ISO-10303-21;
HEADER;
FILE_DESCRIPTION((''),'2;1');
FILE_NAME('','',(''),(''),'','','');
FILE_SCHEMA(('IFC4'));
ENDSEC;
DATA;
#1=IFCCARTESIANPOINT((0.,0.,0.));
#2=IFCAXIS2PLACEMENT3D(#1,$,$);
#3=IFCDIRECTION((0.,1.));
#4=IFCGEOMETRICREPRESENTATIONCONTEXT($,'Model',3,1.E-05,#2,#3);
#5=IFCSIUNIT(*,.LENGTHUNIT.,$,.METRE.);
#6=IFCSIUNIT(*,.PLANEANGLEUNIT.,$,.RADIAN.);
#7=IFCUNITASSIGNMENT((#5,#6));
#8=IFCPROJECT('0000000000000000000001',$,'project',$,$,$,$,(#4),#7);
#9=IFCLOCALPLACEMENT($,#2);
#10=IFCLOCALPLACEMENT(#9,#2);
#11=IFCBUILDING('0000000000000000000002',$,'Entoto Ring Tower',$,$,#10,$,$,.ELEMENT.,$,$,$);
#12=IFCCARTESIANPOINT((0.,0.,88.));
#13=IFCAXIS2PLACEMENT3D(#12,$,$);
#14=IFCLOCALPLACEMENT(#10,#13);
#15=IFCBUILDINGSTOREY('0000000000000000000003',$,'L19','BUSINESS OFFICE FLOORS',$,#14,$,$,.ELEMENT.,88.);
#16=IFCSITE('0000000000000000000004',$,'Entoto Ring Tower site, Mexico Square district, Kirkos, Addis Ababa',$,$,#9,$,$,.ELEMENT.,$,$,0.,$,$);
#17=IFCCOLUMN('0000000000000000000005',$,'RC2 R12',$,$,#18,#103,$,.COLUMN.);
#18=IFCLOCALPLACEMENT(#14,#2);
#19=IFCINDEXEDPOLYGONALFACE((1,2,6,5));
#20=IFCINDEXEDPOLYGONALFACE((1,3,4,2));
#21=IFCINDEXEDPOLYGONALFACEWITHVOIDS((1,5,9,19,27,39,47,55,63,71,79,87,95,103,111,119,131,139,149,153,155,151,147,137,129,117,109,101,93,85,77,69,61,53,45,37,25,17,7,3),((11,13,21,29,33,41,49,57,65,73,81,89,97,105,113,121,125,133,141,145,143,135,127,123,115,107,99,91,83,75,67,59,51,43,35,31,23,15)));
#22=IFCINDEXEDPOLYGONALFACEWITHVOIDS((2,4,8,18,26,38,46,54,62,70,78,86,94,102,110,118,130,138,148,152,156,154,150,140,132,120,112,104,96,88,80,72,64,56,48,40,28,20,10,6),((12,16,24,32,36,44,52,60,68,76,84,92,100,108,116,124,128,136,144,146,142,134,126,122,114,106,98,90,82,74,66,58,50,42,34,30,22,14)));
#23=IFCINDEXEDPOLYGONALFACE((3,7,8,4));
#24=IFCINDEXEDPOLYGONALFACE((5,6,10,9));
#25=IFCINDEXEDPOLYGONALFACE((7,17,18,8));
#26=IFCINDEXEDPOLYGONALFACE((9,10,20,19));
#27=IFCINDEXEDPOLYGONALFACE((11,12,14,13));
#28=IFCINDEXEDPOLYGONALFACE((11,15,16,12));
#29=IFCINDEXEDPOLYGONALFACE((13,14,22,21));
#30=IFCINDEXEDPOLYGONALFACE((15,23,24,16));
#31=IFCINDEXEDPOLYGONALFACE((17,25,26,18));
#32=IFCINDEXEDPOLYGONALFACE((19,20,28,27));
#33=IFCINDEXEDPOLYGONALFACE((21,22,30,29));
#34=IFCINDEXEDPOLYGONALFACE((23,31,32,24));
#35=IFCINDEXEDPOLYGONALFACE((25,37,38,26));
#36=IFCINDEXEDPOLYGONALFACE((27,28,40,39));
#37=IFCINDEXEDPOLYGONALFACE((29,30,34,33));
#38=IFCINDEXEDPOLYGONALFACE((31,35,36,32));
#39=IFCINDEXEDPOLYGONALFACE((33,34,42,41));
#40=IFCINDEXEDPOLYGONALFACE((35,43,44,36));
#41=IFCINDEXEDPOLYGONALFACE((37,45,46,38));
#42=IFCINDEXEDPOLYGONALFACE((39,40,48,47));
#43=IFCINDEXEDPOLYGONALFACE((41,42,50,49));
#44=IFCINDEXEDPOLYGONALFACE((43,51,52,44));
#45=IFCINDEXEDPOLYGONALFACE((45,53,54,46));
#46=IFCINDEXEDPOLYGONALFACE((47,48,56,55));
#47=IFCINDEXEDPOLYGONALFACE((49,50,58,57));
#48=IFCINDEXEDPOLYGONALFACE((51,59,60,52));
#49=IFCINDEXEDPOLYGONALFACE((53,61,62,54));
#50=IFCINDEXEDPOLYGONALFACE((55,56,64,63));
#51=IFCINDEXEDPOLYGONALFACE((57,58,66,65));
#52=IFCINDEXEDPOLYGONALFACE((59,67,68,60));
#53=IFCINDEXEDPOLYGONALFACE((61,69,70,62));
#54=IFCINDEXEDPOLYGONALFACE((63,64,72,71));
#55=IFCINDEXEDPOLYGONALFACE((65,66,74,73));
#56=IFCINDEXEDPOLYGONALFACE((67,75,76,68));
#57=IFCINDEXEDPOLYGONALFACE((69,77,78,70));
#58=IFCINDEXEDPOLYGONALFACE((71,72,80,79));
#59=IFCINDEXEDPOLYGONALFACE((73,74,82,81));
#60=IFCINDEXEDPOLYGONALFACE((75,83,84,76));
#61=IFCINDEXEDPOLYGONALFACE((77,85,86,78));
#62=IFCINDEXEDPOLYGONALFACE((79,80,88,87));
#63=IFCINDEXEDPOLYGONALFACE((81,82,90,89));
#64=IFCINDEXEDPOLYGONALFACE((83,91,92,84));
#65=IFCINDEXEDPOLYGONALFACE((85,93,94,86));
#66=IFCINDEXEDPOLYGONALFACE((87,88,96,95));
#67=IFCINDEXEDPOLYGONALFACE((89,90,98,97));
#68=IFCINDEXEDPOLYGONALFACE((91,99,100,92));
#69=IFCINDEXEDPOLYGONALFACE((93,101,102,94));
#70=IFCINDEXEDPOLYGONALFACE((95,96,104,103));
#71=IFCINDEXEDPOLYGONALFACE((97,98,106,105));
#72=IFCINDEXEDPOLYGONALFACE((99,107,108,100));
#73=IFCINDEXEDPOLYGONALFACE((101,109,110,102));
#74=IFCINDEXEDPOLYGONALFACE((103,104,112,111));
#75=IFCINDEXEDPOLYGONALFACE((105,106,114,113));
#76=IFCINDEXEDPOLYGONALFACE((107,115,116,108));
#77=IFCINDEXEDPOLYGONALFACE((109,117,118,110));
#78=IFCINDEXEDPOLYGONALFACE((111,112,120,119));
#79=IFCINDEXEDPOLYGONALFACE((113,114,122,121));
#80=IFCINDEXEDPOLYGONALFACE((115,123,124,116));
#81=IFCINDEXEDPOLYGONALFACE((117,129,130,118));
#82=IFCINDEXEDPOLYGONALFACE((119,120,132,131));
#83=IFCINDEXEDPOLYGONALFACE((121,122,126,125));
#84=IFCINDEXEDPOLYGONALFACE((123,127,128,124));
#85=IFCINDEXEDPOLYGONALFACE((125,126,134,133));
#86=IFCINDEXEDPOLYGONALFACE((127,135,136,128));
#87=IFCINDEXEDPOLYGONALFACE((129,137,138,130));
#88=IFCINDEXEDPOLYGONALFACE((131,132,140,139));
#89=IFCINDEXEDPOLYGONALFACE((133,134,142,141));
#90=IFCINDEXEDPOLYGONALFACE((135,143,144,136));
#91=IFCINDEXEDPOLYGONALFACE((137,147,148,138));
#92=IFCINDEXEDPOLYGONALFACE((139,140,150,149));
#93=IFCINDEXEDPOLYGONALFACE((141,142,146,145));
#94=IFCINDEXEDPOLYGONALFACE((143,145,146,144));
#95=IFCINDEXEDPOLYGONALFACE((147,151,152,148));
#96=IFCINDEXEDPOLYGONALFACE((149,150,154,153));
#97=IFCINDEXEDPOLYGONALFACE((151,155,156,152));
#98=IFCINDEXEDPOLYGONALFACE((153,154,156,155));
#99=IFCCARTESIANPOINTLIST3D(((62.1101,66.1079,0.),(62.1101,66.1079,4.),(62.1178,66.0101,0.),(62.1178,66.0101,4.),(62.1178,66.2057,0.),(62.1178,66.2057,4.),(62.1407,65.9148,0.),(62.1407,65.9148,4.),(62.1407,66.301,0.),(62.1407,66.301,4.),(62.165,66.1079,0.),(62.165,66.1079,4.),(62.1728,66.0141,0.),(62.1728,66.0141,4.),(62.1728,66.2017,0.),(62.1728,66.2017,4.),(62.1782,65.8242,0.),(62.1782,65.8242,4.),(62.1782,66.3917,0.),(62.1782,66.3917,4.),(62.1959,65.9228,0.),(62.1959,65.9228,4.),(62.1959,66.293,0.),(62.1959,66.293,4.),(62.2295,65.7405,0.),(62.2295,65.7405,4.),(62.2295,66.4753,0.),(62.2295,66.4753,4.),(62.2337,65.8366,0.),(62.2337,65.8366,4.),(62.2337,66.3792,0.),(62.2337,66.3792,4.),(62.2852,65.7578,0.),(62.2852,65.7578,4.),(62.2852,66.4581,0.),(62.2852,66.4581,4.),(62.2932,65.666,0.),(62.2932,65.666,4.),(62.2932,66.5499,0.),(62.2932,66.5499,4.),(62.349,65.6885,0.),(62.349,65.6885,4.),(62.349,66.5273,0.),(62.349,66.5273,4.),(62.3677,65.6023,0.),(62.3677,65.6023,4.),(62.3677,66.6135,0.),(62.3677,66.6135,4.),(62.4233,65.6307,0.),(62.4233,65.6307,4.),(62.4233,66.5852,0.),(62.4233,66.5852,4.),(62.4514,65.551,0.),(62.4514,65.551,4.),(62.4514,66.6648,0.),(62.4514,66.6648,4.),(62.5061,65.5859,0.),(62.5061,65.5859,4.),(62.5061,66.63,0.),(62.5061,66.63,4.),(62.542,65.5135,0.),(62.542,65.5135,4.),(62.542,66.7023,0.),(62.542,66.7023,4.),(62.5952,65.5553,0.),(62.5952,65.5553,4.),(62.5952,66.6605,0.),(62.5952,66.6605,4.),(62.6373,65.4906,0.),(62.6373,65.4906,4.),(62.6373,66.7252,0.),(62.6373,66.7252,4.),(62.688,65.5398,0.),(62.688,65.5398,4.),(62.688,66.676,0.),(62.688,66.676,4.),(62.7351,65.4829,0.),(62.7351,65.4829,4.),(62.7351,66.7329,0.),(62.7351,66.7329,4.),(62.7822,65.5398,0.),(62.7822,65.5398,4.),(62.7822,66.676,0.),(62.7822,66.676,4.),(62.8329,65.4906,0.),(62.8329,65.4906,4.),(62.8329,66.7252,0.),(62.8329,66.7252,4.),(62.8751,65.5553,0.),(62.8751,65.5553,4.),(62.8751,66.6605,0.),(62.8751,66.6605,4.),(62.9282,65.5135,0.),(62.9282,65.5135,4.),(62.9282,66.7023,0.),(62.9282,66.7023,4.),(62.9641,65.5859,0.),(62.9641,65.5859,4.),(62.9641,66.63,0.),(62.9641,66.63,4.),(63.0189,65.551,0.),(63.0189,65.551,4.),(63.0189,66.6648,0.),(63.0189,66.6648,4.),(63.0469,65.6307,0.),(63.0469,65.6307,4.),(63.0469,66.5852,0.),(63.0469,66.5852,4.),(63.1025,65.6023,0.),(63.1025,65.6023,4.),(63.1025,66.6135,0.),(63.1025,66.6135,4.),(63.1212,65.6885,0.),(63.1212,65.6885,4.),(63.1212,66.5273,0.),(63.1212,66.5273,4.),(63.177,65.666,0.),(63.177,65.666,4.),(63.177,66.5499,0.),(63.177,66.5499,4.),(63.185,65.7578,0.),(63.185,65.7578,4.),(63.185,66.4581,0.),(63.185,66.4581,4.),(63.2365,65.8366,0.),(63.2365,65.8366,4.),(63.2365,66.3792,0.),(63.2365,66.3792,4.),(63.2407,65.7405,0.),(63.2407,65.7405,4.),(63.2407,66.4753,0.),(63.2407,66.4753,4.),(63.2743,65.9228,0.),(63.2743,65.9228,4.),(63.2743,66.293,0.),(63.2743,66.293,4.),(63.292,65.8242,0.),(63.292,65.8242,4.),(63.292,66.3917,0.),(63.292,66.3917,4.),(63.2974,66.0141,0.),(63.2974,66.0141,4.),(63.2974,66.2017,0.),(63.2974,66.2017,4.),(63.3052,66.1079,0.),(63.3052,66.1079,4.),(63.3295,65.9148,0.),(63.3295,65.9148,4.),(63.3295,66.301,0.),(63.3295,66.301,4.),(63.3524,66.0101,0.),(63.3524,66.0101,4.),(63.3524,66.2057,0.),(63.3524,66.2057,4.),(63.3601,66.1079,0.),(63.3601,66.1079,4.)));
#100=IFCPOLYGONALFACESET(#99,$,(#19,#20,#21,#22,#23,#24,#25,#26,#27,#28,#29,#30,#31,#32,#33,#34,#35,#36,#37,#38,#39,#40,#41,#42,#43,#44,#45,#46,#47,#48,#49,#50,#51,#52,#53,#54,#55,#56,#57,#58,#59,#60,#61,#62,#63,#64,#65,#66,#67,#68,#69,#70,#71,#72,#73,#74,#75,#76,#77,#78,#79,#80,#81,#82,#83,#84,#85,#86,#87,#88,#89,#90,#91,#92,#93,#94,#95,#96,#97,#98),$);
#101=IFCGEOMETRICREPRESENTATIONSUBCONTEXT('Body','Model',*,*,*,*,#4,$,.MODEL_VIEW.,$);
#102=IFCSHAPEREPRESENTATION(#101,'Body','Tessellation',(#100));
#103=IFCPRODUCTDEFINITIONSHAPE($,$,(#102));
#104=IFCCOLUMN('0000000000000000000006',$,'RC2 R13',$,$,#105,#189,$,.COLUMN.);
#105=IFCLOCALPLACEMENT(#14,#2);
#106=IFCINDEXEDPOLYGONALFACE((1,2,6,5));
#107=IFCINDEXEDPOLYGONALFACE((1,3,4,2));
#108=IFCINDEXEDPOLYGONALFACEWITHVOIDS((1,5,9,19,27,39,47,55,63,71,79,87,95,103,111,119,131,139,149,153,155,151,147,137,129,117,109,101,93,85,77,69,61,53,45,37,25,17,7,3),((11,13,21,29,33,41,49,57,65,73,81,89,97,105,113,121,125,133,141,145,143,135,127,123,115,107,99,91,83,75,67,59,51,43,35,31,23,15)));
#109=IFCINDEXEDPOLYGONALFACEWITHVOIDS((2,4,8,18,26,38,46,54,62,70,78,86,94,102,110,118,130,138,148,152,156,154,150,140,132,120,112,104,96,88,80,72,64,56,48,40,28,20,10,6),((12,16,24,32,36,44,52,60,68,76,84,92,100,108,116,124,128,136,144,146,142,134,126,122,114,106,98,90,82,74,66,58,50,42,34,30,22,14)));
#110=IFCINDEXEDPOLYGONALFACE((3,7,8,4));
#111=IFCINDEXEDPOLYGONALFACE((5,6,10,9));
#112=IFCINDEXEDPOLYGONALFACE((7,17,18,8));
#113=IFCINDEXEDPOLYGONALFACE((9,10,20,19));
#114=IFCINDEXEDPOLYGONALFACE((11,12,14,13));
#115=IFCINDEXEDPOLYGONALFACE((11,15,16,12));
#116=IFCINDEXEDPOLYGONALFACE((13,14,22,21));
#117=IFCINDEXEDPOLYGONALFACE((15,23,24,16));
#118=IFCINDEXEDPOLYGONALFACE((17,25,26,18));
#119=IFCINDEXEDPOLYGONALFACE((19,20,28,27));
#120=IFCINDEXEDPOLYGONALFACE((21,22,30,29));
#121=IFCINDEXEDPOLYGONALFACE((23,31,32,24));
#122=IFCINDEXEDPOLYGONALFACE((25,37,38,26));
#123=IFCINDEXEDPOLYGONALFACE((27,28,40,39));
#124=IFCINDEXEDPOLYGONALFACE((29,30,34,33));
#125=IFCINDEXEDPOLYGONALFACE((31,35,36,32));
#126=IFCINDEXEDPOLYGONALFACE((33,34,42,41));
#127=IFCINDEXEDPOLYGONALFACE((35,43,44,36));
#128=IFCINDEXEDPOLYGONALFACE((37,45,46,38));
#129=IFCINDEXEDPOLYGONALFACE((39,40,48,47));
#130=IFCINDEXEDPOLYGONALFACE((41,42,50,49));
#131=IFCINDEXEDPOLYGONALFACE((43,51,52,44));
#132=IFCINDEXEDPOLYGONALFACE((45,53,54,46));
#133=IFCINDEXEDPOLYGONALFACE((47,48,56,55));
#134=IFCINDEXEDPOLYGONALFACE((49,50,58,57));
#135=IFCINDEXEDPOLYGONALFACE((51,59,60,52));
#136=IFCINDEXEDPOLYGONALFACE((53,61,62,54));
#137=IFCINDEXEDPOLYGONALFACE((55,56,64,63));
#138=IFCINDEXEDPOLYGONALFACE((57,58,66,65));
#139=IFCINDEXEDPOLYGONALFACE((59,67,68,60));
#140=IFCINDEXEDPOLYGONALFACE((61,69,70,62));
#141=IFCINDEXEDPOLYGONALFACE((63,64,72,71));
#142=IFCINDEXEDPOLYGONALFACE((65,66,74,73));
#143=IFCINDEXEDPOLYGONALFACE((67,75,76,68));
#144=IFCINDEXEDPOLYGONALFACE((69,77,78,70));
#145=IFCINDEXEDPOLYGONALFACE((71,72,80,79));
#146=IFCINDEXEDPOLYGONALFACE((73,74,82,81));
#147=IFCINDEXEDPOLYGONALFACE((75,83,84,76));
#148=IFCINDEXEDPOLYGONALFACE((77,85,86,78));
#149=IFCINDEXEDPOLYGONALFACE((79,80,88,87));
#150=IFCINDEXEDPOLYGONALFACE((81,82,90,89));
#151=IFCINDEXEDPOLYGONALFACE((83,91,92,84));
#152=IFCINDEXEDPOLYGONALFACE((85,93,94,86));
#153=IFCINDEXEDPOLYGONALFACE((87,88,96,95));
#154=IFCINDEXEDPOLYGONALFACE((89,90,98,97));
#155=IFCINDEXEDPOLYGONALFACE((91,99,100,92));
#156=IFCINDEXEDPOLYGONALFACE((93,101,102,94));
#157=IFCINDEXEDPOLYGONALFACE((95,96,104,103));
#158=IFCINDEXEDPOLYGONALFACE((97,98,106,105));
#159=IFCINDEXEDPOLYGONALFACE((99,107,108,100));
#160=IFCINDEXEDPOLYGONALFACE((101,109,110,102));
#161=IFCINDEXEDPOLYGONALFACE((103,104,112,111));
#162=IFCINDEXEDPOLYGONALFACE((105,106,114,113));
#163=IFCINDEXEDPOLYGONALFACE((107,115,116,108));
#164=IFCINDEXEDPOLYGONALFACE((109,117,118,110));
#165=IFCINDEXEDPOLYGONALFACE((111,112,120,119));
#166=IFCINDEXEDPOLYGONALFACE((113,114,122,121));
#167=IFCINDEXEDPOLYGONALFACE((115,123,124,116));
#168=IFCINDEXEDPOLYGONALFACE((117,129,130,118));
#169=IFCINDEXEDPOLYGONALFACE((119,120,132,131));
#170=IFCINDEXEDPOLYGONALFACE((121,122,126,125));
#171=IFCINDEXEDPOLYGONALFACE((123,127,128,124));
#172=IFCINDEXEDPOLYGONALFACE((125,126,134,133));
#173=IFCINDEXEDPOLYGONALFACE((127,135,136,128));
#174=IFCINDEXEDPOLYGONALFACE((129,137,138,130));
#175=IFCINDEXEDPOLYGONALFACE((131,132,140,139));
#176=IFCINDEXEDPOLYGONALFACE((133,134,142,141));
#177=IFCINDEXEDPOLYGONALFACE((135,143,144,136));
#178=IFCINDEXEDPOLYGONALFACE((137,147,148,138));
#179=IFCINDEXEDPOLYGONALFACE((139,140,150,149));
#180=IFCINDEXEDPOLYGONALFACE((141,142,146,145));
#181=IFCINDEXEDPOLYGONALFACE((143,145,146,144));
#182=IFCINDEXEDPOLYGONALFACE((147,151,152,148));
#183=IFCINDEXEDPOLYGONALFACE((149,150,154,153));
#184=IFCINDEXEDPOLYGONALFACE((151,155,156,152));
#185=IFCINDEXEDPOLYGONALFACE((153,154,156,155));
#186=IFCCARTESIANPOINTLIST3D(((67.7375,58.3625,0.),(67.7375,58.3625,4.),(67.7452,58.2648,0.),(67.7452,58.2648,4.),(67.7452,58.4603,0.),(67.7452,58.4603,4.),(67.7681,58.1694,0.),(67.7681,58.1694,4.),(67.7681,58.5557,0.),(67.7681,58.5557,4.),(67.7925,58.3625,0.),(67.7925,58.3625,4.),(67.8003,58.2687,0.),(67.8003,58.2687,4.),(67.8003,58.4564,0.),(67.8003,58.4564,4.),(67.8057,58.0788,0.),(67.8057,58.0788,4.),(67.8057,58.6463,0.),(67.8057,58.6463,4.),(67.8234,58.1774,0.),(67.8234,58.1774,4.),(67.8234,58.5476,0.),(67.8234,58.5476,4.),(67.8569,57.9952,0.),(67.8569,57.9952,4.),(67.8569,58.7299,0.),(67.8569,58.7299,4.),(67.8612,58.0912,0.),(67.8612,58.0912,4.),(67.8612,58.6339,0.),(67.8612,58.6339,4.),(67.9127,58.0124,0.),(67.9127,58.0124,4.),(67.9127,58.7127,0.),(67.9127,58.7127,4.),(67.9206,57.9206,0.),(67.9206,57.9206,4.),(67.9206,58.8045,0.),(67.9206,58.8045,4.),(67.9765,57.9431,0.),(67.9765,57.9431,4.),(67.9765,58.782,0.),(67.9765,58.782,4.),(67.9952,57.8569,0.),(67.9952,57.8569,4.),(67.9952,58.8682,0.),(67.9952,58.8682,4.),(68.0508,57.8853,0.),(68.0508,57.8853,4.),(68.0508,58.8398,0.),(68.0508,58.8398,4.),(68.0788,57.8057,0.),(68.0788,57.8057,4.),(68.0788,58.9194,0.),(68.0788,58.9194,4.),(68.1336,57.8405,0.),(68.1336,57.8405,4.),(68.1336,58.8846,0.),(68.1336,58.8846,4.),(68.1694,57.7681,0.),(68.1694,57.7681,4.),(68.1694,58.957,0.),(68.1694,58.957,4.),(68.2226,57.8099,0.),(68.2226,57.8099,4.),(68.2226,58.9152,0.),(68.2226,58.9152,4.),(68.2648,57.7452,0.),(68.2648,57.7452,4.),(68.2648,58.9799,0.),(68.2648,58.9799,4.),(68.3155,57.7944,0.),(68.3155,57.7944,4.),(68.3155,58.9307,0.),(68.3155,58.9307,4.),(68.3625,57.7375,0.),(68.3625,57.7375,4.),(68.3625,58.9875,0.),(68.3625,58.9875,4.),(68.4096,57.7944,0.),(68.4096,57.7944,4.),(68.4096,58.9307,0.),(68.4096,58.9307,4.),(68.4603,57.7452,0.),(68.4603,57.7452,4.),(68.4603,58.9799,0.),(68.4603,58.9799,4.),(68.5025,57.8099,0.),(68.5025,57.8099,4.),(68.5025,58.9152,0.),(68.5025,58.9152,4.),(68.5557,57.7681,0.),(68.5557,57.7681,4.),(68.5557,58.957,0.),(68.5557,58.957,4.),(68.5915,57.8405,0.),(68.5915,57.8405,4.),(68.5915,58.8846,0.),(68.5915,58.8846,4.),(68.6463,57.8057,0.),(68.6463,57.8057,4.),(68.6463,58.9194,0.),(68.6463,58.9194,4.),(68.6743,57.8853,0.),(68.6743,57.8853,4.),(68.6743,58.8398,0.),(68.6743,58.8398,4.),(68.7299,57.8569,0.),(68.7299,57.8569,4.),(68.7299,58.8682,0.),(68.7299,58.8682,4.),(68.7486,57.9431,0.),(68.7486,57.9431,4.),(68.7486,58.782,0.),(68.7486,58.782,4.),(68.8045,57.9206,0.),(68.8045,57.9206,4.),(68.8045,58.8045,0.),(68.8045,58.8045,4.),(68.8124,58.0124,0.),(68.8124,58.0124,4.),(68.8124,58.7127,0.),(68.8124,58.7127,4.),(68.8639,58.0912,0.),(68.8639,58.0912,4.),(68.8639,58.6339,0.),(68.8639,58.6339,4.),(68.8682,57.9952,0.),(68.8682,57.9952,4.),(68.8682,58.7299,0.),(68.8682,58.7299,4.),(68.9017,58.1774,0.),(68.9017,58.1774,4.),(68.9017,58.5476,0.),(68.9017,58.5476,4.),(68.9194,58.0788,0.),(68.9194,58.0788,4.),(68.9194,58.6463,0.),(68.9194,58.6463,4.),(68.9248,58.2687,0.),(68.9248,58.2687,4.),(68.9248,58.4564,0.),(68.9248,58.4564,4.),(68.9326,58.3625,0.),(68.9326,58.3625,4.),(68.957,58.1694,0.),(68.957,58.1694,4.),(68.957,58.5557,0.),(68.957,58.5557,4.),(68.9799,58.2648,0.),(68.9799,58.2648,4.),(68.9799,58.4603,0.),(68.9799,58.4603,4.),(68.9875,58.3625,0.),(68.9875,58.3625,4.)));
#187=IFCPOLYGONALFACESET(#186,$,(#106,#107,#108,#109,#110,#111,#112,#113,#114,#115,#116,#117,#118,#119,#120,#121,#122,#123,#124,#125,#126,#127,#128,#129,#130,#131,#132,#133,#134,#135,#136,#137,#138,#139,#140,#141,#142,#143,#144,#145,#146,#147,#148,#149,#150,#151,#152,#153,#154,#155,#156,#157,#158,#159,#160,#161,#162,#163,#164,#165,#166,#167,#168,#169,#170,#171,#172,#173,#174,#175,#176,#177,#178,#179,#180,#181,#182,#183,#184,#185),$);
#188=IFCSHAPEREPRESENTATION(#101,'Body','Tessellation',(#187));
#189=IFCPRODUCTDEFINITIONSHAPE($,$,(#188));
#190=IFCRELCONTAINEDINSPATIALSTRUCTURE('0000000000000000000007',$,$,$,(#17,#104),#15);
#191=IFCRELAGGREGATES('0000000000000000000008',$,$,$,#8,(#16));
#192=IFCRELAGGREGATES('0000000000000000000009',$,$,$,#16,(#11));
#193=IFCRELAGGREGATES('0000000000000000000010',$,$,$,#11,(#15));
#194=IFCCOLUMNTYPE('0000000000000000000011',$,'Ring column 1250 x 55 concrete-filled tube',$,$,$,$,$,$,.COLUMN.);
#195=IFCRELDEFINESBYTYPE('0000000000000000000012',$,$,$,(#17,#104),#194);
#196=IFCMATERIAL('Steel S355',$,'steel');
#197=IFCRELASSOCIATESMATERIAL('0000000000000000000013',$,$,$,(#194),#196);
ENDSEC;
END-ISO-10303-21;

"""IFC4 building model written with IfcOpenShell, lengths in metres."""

from ifc_helpers import new_model, si_unit, direction, frame, origin, origin_2d, place, context, subcontext, project, spatial, circle, hollow_circle, extrude, material, material_profile, profile_set, type_object, element, save


model = new_model("IFC4")

# Units and contexts
model_context = context("Model", 3, precision=1e-05, world=origin(), true_north=direction((0.0, 1.0)))
body_context = subcontext(model_context, "Body", "Model", "MODEL_VIEW")
ifc_project = project(units=[si_unit("LENGTHUNIT", "METRE"), si_unit("PLANEANGLEUNIT", "RADIAN")], contexts=[model_context])

# Site, building, storey
site_placement = place(None, origin())
site = spatial("IfcSite", under=ifc_project, at=site_placement, Name="Entoto Ring Tower site, Mexico Square district, Kirkos, Addis Ababa", CompositionType="ELEMENT", RefElevation=0.0)
building_placement = place(site_placement, origin())
building = spatial("IfcBuilding", under=site, at=building_placement, Name="Entoto Ring Tower", CompositionType="ELEMENT")
storey_placement = place(building_placement, frame((0.0, 0.0, 88.0)))
storey = spatial("IfcBuildingStorey", under=building, at=storey_placement, Name="L19", Description="BUSINESS OFFICE FLOORS", CompositionType="ELEMENT", Elevation=88.0)

# Columns
ifc_material_1 = material(Name="Steel S355", Category="steel")
ifc_material_profile_1 = material_profile(ifc_material_1, hollow_circle(Radius=0.625, WallThickness=0.0549, at=origin_2d()), Name="CHS 1250 x 55")
ifc_material_2 = material(Name="Concrete C60/75", Category="concrete")
ifc_material_profile_2 = material_profile(ifc_material_2, circle(Radius=0.5701, at=origin_2d()), Name="Concrete C60/75 infill")
ifc_profile_set_1 = profile_set([ifc_material_profile_1, ifc_material_profile_2], Name="Steel S355")
column_type = type_object("IfcColumnType", Name="Ring column 1250 x 55 concrete-filled tube", PredefinedType="COLUMN", material=ifc_profile_set_1)
for number, where, z_axis, x_axis, name in (
    (1, (62.7351, 66.1079, 0.0), (0.0, 0.0, 1.0), (1.0, 0.0, 0.0), "RC2 R12"),
    (2, (68.3625, 58.3625, 0.0), (0.0, 0.0, 1.0), (1.0, 0.0, 0.0), "RC2 R13"),
):
    element("IfcColumn", number, at=place(storey_placement, frame(where, z_axis=z_axis, x_axis=x_axis)), inside=storey, type_object=column_type, Name=name, PredefinedType="COLUMN", context=body_context, shape_type="SweptSolid", body=[
        extrude(hollow_circle(Radius=0.625, WallThickness=0.0549, at=origin_2d()), origin(), (0.0, 0.0, 1.0), 4.0),
    ])

save(model, "model.ifc")
